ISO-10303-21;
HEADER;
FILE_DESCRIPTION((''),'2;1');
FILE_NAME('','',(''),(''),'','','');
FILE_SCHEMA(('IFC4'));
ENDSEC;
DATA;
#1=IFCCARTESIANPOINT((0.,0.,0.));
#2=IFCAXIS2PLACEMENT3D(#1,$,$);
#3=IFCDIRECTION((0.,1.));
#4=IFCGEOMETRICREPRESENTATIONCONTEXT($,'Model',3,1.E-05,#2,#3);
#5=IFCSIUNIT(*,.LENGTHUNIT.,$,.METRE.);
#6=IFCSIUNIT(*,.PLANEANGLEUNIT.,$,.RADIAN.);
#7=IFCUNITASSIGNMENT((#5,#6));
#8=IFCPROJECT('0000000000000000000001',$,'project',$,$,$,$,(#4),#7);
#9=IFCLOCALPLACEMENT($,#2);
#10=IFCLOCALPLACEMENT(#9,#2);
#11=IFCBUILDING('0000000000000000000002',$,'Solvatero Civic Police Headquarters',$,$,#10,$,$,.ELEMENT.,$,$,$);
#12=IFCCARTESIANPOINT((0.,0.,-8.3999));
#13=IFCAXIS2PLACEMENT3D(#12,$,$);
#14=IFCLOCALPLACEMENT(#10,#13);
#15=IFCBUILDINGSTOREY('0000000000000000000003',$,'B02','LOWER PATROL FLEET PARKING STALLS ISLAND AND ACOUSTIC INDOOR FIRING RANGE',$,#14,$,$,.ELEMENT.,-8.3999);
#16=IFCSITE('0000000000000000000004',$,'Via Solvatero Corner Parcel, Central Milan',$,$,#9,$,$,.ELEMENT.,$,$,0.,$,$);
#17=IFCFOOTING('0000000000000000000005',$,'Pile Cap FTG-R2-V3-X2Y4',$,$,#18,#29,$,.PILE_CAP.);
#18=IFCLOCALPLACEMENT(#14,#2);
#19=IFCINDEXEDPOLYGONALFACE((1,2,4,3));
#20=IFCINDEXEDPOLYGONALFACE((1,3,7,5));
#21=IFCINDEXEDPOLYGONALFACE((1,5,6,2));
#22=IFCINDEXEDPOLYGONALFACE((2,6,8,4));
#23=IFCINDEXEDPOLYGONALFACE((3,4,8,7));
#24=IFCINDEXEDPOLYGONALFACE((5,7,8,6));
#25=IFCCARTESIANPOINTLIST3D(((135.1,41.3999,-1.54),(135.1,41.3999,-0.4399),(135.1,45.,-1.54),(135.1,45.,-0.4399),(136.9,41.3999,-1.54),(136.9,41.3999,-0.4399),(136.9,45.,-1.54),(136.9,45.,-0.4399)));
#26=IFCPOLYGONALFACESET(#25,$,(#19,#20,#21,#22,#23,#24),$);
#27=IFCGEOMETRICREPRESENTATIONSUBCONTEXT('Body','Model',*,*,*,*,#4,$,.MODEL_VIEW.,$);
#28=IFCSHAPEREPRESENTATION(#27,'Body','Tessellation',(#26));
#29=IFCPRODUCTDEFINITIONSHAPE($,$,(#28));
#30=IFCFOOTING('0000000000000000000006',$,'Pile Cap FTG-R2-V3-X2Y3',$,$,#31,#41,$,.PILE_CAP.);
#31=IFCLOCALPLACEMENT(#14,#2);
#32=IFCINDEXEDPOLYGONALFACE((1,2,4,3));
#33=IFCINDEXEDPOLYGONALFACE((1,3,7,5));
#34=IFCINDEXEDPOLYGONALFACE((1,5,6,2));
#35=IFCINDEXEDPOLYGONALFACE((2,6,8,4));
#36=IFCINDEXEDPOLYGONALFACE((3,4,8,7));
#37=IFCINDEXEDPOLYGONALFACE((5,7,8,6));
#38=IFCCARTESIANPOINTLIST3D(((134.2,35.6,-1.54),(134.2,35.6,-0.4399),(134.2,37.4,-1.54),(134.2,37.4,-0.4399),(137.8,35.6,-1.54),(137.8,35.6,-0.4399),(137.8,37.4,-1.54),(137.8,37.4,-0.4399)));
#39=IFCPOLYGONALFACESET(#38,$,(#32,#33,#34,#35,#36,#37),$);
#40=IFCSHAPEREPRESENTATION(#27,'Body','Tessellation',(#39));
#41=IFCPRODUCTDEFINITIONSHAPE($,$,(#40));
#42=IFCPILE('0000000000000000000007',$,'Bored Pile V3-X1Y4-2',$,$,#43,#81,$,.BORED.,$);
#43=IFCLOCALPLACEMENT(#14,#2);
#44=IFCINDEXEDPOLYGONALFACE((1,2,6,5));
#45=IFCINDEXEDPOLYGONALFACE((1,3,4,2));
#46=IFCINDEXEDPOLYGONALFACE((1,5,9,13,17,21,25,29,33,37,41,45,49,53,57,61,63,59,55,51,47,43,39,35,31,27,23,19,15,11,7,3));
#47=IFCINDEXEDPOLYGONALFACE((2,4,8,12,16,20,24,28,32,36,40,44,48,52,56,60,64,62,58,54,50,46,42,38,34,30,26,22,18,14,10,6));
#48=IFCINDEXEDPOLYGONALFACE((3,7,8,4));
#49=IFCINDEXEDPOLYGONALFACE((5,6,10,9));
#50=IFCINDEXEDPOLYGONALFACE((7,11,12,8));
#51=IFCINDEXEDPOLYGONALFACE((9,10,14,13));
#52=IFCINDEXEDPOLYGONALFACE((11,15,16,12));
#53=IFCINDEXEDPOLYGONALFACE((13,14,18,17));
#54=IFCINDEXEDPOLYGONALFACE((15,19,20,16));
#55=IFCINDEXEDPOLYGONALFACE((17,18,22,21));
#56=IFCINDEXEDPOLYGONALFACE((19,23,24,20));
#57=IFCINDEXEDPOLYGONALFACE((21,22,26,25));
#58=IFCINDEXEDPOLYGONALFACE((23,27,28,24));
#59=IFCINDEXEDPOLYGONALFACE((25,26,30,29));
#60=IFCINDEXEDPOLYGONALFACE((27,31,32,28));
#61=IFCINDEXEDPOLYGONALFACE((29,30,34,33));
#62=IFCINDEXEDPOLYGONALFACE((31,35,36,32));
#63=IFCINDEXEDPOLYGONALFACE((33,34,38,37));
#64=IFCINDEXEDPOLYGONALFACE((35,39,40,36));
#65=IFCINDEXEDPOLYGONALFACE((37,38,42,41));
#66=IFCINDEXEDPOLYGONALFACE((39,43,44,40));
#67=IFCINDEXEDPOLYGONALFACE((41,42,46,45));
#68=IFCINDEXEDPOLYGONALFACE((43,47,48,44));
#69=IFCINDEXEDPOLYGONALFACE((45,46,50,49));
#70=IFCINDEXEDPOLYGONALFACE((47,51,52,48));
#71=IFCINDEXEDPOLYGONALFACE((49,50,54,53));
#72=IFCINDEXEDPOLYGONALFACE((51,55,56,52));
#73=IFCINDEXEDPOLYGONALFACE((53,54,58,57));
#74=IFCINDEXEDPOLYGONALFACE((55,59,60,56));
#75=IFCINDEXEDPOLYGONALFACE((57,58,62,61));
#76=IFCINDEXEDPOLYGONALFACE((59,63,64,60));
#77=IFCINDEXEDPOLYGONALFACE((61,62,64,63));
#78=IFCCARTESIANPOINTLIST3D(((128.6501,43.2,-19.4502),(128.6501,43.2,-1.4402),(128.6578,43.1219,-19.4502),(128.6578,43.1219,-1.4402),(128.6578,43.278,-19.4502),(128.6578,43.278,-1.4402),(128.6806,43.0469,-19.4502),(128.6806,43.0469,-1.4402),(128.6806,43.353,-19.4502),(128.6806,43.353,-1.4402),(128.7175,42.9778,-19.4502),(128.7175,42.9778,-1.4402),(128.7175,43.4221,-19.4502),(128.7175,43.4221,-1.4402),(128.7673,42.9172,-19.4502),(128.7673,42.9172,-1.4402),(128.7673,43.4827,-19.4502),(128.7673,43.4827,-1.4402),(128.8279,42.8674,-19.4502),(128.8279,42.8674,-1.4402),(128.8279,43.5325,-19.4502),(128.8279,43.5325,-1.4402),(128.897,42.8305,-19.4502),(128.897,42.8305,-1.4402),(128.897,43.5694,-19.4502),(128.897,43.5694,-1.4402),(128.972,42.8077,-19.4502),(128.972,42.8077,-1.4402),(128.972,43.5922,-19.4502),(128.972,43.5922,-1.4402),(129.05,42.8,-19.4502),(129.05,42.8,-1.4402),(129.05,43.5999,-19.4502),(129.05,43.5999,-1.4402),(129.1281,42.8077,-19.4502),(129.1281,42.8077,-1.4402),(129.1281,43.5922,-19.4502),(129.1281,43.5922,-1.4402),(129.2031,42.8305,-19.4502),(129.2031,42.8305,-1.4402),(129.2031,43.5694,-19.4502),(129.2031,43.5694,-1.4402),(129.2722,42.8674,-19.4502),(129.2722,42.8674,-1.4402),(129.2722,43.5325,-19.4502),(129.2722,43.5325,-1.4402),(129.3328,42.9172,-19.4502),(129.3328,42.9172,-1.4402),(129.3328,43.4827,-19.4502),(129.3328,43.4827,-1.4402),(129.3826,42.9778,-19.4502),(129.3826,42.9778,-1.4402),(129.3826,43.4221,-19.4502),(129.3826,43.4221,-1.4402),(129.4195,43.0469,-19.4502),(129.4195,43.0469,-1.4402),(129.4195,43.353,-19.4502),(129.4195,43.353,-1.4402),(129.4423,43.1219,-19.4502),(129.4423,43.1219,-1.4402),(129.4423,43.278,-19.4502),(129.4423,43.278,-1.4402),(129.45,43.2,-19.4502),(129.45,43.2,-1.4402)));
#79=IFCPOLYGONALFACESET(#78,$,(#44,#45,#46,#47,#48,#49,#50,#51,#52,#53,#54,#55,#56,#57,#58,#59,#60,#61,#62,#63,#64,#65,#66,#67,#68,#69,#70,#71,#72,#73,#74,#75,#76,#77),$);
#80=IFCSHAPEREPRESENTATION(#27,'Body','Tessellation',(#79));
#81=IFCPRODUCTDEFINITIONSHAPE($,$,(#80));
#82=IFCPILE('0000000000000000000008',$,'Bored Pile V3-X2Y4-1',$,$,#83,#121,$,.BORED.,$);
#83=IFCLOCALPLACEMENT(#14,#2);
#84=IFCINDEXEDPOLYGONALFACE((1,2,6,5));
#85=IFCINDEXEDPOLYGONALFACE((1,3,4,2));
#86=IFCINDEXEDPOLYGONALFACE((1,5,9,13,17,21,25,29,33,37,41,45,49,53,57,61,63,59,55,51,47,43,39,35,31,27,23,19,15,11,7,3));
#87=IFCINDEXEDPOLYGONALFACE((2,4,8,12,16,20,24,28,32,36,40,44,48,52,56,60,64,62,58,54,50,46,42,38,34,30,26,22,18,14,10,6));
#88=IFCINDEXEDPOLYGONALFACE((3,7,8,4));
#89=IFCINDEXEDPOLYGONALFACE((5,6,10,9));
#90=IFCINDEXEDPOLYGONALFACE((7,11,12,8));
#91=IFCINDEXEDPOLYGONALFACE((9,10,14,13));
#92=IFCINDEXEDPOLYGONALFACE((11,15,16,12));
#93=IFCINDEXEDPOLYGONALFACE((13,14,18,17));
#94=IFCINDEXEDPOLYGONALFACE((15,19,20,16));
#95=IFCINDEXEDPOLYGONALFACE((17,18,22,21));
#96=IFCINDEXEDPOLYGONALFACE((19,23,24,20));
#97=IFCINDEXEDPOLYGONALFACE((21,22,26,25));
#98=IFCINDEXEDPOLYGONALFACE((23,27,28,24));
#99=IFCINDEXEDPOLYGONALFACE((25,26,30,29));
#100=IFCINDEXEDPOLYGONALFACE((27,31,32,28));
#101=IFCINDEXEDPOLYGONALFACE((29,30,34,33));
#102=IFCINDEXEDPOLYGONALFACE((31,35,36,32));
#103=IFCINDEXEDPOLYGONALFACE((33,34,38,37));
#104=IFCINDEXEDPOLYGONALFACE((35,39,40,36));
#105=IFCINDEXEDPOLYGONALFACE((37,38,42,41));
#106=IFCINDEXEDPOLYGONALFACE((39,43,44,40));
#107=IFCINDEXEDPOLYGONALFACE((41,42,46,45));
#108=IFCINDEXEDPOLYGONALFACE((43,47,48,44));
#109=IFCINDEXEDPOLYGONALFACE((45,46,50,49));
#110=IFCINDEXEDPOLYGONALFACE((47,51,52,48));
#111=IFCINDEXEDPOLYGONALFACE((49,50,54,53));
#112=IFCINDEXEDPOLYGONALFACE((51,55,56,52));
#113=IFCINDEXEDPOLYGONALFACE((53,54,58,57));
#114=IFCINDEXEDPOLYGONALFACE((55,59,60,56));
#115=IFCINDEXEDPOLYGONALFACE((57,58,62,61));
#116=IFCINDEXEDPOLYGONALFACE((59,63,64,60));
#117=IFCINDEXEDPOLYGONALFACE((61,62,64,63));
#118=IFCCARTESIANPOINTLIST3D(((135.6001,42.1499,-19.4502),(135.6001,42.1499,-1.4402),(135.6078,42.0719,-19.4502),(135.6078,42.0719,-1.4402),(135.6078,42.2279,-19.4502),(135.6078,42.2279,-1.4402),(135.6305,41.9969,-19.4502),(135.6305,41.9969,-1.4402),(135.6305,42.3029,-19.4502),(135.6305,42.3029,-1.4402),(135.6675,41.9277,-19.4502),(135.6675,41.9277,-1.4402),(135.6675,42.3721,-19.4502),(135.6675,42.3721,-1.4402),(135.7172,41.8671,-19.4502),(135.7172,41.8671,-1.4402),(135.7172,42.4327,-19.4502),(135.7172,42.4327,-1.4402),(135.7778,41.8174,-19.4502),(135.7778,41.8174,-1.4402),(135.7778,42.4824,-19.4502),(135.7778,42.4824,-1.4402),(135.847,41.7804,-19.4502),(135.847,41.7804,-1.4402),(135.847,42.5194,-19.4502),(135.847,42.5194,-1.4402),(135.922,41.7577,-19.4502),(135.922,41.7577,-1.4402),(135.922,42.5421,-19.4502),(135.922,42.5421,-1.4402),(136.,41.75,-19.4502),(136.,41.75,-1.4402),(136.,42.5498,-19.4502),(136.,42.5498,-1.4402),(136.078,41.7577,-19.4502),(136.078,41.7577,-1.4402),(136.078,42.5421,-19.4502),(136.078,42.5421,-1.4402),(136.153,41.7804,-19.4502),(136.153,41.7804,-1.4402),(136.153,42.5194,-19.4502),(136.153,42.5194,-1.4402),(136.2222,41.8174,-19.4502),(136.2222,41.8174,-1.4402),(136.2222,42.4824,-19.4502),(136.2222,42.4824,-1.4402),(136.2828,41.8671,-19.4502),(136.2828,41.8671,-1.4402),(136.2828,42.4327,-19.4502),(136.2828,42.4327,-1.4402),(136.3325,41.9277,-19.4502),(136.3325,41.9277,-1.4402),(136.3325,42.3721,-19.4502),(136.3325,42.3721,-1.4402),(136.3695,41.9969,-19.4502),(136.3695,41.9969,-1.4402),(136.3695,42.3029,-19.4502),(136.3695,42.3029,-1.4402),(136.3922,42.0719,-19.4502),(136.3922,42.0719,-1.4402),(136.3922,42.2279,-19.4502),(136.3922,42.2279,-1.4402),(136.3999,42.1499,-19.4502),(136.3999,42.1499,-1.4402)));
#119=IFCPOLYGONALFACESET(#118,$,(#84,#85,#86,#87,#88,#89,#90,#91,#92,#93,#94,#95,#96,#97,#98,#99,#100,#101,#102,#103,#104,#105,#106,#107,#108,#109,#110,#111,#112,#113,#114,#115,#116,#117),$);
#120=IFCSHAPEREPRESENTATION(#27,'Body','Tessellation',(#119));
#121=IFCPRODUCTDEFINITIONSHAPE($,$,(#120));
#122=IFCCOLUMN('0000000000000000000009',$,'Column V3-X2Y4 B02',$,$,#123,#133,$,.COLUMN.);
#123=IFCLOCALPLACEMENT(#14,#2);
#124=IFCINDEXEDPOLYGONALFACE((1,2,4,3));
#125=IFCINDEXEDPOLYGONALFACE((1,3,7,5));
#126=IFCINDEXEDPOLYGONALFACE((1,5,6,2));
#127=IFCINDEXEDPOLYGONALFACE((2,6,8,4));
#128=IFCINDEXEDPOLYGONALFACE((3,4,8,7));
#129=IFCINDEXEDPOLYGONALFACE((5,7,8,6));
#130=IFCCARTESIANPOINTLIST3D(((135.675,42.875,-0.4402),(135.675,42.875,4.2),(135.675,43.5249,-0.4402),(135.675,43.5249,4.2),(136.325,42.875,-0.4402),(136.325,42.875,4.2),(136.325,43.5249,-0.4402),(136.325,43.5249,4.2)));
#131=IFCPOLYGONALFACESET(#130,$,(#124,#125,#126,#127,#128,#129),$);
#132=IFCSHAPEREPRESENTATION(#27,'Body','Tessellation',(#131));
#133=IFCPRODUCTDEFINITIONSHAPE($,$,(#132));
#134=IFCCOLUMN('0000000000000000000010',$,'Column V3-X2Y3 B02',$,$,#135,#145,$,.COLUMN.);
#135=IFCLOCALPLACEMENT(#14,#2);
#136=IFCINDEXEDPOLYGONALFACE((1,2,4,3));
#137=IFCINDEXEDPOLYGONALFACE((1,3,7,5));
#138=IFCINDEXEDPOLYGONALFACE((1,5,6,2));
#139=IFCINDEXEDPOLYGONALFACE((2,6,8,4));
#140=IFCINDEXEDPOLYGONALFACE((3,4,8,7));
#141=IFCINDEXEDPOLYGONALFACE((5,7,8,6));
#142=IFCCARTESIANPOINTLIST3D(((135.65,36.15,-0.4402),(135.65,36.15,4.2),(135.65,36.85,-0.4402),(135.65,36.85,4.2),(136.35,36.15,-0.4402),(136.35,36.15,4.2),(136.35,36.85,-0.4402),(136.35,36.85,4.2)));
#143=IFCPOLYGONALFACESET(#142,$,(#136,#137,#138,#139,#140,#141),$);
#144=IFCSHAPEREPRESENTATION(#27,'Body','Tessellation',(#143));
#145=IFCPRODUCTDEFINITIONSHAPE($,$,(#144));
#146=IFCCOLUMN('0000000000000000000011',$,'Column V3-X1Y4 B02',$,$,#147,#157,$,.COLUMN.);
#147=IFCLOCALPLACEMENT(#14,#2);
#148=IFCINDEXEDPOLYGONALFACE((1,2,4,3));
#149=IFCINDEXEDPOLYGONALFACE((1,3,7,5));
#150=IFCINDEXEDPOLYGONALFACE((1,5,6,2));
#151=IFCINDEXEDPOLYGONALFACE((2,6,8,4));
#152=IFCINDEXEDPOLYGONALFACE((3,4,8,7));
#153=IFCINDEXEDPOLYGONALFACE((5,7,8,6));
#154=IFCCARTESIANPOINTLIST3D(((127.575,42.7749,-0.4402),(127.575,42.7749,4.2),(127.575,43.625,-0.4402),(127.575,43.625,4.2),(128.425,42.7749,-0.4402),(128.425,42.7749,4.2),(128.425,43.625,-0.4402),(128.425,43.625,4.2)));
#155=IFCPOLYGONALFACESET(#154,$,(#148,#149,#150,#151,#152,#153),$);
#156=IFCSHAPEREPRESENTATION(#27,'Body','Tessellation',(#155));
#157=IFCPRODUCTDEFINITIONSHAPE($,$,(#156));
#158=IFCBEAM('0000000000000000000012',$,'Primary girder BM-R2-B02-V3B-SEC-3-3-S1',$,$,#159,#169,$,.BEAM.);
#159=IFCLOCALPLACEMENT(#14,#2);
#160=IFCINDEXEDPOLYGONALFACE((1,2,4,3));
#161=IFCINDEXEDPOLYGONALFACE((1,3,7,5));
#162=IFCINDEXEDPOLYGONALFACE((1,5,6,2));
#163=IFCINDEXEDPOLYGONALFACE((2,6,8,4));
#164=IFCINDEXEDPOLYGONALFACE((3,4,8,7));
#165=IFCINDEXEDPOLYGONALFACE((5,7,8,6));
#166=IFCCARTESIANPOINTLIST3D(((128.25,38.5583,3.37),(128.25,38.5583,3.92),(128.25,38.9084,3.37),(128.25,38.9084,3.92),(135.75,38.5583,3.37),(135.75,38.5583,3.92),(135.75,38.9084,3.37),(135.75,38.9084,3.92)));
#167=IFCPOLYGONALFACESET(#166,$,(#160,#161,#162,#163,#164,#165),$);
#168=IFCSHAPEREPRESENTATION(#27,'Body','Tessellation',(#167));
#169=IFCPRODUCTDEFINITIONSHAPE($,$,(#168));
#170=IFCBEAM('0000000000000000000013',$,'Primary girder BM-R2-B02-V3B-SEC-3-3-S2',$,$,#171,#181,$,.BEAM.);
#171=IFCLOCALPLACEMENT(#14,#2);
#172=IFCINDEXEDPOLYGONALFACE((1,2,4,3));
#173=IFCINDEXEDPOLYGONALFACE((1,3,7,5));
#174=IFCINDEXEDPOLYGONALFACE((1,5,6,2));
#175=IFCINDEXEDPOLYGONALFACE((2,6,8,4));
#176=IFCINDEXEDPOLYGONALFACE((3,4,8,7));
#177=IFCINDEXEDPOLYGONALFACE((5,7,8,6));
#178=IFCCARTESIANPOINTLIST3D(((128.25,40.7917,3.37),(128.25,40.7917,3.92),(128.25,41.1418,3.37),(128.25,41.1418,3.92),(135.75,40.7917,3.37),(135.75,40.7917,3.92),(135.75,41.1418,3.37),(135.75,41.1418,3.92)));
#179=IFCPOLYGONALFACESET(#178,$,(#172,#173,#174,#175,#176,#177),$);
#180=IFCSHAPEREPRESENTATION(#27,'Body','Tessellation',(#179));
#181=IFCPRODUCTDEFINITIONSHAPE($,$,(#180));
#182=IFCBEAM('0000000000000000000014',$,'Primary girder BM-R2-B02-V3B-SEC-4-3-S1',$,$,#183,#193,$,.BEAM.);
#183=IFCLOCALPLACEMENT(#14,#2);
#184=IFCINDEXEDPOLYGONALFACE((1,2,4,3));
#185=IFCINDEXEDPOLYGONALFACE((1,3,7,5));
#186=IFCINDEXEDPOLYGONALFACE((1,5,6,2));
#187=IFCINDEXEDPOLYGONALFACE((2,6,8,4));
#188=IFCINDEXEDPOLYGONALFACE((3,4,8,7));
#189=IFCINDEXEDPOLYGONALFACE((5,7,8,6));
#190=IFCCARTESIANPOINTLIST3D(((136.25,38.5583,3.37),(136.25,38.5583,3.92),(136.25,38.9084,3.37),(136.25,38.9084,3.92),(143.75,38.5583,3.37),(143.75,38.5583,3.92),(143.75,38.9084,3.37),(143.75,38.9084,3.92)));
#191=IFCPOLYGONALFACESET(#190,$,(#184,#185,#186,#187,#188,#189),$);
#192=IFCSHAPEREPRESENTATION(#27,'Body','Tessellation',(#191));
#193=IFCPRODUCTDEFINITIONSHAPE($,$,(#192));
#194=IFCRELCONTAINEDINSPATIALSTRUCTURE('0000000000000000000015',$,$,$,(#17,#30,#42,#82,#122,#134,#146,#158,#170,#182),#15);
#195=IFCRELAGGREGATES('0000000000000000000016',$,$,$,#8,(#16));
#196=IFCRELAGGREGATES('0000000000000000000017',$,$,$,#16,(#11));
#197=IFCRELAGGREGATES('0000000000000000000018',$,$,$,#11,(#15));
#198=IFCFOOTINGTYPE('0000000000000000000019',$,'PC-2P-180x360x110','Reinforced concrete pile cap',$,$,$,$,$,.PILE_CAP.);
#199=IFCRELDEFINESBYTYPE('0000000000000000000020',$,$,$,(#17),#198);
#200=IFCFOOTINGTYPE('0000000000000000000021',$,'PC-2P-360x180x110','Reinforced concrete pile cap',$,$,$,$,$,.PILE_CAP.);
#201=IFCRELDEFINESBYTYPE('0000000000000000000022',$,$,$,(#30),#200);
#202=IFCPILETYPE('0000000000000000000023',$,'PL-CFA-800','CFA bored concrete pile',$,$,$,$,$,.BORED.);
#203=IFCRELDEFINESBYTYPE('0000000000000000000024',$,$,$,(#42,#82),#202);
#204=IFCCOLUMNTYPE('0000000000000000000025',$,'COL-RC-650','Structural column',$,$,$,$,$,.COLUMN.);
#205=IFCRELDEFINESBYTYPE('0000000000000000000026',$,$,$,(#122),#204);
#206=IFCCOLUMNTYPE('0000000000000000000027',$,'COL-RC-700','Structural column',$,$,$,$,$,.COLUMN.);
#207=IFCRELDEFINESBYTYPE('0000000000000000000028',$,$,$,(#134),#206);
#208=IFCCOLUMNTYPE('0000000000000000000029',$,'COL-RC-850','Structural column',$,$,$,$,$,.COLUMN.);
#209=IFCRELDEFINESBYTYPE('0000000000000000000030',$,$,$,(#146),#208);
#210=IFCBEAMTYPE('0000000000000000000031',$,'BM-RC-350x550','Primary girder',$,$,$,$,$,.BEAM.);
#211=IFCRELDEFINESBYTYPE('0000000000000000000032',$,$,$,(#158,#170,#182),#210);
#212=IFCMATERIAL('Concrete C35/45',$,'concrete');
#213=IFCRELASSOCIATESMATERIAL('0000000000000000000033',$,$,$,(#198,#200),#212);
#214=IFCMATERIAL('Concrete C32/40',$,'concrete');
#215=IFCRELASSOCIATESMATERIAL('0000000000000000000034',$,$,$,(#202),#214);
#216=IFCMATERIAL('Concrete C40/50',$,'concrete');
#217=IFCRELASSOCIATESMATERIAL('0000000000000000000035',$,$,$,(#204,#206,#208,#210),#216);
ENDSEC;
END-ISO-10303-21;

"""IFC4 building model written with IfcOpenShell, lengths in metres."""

from ifc_helpers import new_model, si_unit, direction, frame, origin, origin_2d, place, context, subcontext, project, spatial, rectangle, circle, extrude, material, material_profile, profile_set, type_object, element, save


model = new_model("IFC4")

# Units and contexts
model_context = context("Model", 3, precision=1e-05, world=origin(), true_north=direction((0.0, 1.0)))
body_context = subcontext(model_context, "Body", "Model", "MODEL_VIEW")
ifc_project = project(units=[si_unit("LENGTHUNIT", "METRE"), si_unit("PLANEANGLEUNIT", "RADIAN")], contexts=[model_context])

# Site, building, storey
site_placement = place(None, origin())
site = spatial("IfcSite", under=ifc_project, at=site_placement, Name="Via Solvatero Corner Parcel, Central Milan", CompositionType="ELEMENT", RefElevation=0.0)
building_placement = place(site_placement, origin())
building = spatial("IfcBuilding", under=site, at=building_placement, Name="Solvatero Civic Police Headquarters", CompositionType="ELEMENT")
storey_placement = place(building_placement, frame((0.0, 0.0, -8.3999)))
storey = spatial("IfcBuildingStorey", under=building, at=storey_placement, Name="B02", Description="LOWER PATROL FLEET PARKING STALLS ISLAND AND ACOUSTIC INDOOR FIRING RANGE", CompositionType="ELEMENT", Elevation=-8.3999)

# Footings
ifc_material_1 = material(Name="Concrete C35/45", Category="concrete")
footing_type_1 = type_object("IfcFootingType", Name="PC-2P-180x360x110", Description="Reinforced concrete pile cap", PredefinedType="PILE_CAP", material=ifc_material_1)
footing_1_placement = place(storey_placement, frame((136.0, 43.2, -1.54), z_axis=(0.0, 0.0, 1.0), x_axis=(1.0, 0.0, 0.0)))
element("IfcFooting", 1, at=footing_1_placement, inside=storey, type_object=footing_type_1, Name="Pile Cap FTG-R2-V3-X2Y4", PredefinedType="PILE_CAP", context=body_context, shape_type="SweptSolid", body=[
    extrude(rectangle(XDim=1.8, YDim=3.6001, at=origin_2d()), origin(), (0.0, 0.0, 1.0), 1.1001),
])
footing_type_2 = type_object("IfcFootingType", Name="PC-2P-360x180x110", Description="Reinforced concrete pile cap", PredefinedType="PILE_CAP", material=ifc_material_1)
footing_2_placement = place(storey_placement, frame((136.0, 36.5, -1.54), z_axis=(0.0, 0.0, 1.0), x_axis=(1.0, 0.0, 0.0)))
element("IfcFooting", 2, at=footing_2_placement, inside=storey, type_object=footing_type_2, Name="Pile Cap FTG-R2-V3-X2Y3", PredefinedType="PILE_CAP", context=body_context, shape_type="SweptSolid", body=[
    extrude(rectangle(XDim=3.6001, YDim=1.8, at=origin_2d()), origin(), (0.0, 0.0, 1.0), 1.1001),
])

# Piles
ifc_material_2 = material(Name="Concrete C32/40", Category="concrete")
ifc_material_profile_1 = material_profile(ifc_material_2, circle(Radius=0.3999, at=origin_2d()), Name="CFA PILE D800")
ifc_profile_set_1 = profile_set([ifc_material_profile_1], Name="Concrete C32/40")
pile_type = type_object("IfcPileType", Name="PL-CFA-800", Description="CFA bored concrete pile", PredefinedType="BORED", material=ifc_profile_set_1)
for number, where, z_axis, x_axis, name in (
    (3, (129.05, 43.2, -1.4402), (0.0, 0.0, -1.0), (1.0, 0.0, 0.0), "Bored Pile V3-X1Y4-2"),
    (4, (136.0, 42.1499, -1.4402), (0.0, 0.0, -1.0), (1.0, 0.0, 0.0), "Bored Pile V3-X2Y4-1"),
):
    element("IfcPile", number, at=place(storey_placement, frame(where, z_axis=z_axis, x_axis=x_axis)), inside=storey, type_object=pile_type, Name=name, PredefinedType="BORED", context=body_context, shape_type="SweptSolid", body=[
        extrude(circle(Radius=0.3999, at=origin_2d()), origin(), (0.0, 0.0, 1.0), 18.01),
    ])

# Columns
ifc_material_3 = material(Name="Concrete C40/50", Category="concrete")
ifc_material_profile_2 = material_profile(ifc_material_3, rectangle(XDim=0.6499, YDim=0.6499, at=origin_2d()), Name="RC 650x650")
ifc_profile_set_2 = profile_set([ifc_material_profile_2], Name="Concrete C40/50")
column_type_1 = type_object("IfcColumnType", Name="COL-RC-650", Description="Structural column", PredefinedType="COLUMN", material=ifc_profile_set_2)
column_1_placement = place(storey_placement, frame((136.0, 43.2, -0.4402), z_axis=(0.0, 0.0, 1.0), x_axis=(1.0, 0.0, 0.0)))
element("IfcColumn", 5, at=column_1_placement, inside=storey, type_object=column_type_1, Name="Column V3-X2Y4 B02", PredefinedType="COLUMN", context=body_context, shape_type="SweptSolid", body=[
    extrude(rectangle(XDim=0.6499, YDim=0.6499, at=origin_2d()), origin(), (0.0, 0.0, 1.0), 4.6401),
])
ifc_material_profile_3 = material_profile(ifc_material_3, rectangle(XDim=0.7, YDim=0.7, at=origin_2d()), Name="RC 700x700")
ifc_profile_set_3 = profile_set([ifc_material_profile_3], Name="Concrete C40/50")
column_type_2 = type_object("IfcColumnType", Name="COL-RC-700", Description="Structural column", PredefinedType="COLUMN", material=ifc_profile_set_3)
column_2_placement = place(storey_placement, frame((136.0, 36.5, -0.4402), z_axis=(0.0, 0.0, 1.0), x_axis=(1.0, 0.0, 0.0)))
element("IfcColumn", 6, at=column_2_placement, inside=storey, type_object=column_type_2, Name="Column V3-X2Y3 B02", PredefinedType="COLUMN", context=body_context, shape_type="SweptSolid", body=[
    extrude(rectangle(XDim=0.7, YDim=0.7, at=origin_2d()), origin(), (0.0, 0.0, 1.0), 4.6401),
])
ifc_material_profile_4 = material_profile(ifc_material_3, rectangle(XDim=0.8501, YDim=0.8501, at=origin_2d()), Name="RC 850x850")
ifc_profile_set_4 = profile_set([ifc_material_profile_4], Name="Concrete C40/50")
column_type_3 = type_object("IfcColumnType", Name="COL-RC-850", Description="Structural column", PredefinedType="COLUMN", material=ifc_profile_set_4)
column_3_placement = place(storey_placement, frame((128.0, 43.2, -0.4402), z_axis=(0.0, 0.0, 1.0), x_axis=(1.0, 0.0, 0.0)))
element("IfcColumn", 7, at=column_3_placement, inside=storey, type_object=column_type_3, Name="Column V3-X1Y4 B02", PredefinedType="COLUMN", context=body_context, shape_type="SweptSolid", body=[
    extrude(rectangle(XDim=0.8501, YDim=0.8501, at=origin_2d()), origin(), (0.0, 0.0, 1.0), 4.6401),
])

# Beams
ifc_material_profile_5 = material_profile(ifc_material_3, rectangle(XDim=0.3501, YDim=0.55, at=origin_2d()), Name="RC 350x550")
ifc_profile_set_5 = profile_set([ifc_material_profile_5], Name="Concrete C40/50")
beam_type_1 = type_object("IfcBeamType", Name="BM-RC-350x550", Description="Primary girder", PredefinedType="BEAM", material=ifc_profile_set_5)
for number, where, z_axis, x_axis, name in (
    (8, (128.25, 38.7334, 3.645), (1.0, 0.0, 0.0), (0.0, 1.0, 0.0), "Primary girder BM-R2-B02-V3B-SEC-3-3-S1"),
    (9, (128.25, 40.9668, 3.645), (1.0, 0.0, 0.0), (0.0, 1.0, 0.0), "Primary girder BM-R2-B02-V3B-SEC-3-3-S2"),
    (10, (136.25, 38.7334, 3.645), (1.0, 0.0, 0.0), (0.0, 1.0, 0.0), "Primary girder BM-R2-B02-V3B-SEC-4-3-S1"),
):
    element("IfcBeam", number, at=place(storey_placement, frame(where, z_axis=z_axis, x_axis=x_axis)), inside=storey, type_object=beam_type_1, Name=name, PredefinedType="BEAM", context=body_context, shape_type="SweptSolid", body=[
        extrude(rectangle(XDim=0.3501, YDim=0.55, at=origin_2d()), origin(), (0.0, 0.0, 1.0), 7.5),
    ])

save(model, "model.ifc")
